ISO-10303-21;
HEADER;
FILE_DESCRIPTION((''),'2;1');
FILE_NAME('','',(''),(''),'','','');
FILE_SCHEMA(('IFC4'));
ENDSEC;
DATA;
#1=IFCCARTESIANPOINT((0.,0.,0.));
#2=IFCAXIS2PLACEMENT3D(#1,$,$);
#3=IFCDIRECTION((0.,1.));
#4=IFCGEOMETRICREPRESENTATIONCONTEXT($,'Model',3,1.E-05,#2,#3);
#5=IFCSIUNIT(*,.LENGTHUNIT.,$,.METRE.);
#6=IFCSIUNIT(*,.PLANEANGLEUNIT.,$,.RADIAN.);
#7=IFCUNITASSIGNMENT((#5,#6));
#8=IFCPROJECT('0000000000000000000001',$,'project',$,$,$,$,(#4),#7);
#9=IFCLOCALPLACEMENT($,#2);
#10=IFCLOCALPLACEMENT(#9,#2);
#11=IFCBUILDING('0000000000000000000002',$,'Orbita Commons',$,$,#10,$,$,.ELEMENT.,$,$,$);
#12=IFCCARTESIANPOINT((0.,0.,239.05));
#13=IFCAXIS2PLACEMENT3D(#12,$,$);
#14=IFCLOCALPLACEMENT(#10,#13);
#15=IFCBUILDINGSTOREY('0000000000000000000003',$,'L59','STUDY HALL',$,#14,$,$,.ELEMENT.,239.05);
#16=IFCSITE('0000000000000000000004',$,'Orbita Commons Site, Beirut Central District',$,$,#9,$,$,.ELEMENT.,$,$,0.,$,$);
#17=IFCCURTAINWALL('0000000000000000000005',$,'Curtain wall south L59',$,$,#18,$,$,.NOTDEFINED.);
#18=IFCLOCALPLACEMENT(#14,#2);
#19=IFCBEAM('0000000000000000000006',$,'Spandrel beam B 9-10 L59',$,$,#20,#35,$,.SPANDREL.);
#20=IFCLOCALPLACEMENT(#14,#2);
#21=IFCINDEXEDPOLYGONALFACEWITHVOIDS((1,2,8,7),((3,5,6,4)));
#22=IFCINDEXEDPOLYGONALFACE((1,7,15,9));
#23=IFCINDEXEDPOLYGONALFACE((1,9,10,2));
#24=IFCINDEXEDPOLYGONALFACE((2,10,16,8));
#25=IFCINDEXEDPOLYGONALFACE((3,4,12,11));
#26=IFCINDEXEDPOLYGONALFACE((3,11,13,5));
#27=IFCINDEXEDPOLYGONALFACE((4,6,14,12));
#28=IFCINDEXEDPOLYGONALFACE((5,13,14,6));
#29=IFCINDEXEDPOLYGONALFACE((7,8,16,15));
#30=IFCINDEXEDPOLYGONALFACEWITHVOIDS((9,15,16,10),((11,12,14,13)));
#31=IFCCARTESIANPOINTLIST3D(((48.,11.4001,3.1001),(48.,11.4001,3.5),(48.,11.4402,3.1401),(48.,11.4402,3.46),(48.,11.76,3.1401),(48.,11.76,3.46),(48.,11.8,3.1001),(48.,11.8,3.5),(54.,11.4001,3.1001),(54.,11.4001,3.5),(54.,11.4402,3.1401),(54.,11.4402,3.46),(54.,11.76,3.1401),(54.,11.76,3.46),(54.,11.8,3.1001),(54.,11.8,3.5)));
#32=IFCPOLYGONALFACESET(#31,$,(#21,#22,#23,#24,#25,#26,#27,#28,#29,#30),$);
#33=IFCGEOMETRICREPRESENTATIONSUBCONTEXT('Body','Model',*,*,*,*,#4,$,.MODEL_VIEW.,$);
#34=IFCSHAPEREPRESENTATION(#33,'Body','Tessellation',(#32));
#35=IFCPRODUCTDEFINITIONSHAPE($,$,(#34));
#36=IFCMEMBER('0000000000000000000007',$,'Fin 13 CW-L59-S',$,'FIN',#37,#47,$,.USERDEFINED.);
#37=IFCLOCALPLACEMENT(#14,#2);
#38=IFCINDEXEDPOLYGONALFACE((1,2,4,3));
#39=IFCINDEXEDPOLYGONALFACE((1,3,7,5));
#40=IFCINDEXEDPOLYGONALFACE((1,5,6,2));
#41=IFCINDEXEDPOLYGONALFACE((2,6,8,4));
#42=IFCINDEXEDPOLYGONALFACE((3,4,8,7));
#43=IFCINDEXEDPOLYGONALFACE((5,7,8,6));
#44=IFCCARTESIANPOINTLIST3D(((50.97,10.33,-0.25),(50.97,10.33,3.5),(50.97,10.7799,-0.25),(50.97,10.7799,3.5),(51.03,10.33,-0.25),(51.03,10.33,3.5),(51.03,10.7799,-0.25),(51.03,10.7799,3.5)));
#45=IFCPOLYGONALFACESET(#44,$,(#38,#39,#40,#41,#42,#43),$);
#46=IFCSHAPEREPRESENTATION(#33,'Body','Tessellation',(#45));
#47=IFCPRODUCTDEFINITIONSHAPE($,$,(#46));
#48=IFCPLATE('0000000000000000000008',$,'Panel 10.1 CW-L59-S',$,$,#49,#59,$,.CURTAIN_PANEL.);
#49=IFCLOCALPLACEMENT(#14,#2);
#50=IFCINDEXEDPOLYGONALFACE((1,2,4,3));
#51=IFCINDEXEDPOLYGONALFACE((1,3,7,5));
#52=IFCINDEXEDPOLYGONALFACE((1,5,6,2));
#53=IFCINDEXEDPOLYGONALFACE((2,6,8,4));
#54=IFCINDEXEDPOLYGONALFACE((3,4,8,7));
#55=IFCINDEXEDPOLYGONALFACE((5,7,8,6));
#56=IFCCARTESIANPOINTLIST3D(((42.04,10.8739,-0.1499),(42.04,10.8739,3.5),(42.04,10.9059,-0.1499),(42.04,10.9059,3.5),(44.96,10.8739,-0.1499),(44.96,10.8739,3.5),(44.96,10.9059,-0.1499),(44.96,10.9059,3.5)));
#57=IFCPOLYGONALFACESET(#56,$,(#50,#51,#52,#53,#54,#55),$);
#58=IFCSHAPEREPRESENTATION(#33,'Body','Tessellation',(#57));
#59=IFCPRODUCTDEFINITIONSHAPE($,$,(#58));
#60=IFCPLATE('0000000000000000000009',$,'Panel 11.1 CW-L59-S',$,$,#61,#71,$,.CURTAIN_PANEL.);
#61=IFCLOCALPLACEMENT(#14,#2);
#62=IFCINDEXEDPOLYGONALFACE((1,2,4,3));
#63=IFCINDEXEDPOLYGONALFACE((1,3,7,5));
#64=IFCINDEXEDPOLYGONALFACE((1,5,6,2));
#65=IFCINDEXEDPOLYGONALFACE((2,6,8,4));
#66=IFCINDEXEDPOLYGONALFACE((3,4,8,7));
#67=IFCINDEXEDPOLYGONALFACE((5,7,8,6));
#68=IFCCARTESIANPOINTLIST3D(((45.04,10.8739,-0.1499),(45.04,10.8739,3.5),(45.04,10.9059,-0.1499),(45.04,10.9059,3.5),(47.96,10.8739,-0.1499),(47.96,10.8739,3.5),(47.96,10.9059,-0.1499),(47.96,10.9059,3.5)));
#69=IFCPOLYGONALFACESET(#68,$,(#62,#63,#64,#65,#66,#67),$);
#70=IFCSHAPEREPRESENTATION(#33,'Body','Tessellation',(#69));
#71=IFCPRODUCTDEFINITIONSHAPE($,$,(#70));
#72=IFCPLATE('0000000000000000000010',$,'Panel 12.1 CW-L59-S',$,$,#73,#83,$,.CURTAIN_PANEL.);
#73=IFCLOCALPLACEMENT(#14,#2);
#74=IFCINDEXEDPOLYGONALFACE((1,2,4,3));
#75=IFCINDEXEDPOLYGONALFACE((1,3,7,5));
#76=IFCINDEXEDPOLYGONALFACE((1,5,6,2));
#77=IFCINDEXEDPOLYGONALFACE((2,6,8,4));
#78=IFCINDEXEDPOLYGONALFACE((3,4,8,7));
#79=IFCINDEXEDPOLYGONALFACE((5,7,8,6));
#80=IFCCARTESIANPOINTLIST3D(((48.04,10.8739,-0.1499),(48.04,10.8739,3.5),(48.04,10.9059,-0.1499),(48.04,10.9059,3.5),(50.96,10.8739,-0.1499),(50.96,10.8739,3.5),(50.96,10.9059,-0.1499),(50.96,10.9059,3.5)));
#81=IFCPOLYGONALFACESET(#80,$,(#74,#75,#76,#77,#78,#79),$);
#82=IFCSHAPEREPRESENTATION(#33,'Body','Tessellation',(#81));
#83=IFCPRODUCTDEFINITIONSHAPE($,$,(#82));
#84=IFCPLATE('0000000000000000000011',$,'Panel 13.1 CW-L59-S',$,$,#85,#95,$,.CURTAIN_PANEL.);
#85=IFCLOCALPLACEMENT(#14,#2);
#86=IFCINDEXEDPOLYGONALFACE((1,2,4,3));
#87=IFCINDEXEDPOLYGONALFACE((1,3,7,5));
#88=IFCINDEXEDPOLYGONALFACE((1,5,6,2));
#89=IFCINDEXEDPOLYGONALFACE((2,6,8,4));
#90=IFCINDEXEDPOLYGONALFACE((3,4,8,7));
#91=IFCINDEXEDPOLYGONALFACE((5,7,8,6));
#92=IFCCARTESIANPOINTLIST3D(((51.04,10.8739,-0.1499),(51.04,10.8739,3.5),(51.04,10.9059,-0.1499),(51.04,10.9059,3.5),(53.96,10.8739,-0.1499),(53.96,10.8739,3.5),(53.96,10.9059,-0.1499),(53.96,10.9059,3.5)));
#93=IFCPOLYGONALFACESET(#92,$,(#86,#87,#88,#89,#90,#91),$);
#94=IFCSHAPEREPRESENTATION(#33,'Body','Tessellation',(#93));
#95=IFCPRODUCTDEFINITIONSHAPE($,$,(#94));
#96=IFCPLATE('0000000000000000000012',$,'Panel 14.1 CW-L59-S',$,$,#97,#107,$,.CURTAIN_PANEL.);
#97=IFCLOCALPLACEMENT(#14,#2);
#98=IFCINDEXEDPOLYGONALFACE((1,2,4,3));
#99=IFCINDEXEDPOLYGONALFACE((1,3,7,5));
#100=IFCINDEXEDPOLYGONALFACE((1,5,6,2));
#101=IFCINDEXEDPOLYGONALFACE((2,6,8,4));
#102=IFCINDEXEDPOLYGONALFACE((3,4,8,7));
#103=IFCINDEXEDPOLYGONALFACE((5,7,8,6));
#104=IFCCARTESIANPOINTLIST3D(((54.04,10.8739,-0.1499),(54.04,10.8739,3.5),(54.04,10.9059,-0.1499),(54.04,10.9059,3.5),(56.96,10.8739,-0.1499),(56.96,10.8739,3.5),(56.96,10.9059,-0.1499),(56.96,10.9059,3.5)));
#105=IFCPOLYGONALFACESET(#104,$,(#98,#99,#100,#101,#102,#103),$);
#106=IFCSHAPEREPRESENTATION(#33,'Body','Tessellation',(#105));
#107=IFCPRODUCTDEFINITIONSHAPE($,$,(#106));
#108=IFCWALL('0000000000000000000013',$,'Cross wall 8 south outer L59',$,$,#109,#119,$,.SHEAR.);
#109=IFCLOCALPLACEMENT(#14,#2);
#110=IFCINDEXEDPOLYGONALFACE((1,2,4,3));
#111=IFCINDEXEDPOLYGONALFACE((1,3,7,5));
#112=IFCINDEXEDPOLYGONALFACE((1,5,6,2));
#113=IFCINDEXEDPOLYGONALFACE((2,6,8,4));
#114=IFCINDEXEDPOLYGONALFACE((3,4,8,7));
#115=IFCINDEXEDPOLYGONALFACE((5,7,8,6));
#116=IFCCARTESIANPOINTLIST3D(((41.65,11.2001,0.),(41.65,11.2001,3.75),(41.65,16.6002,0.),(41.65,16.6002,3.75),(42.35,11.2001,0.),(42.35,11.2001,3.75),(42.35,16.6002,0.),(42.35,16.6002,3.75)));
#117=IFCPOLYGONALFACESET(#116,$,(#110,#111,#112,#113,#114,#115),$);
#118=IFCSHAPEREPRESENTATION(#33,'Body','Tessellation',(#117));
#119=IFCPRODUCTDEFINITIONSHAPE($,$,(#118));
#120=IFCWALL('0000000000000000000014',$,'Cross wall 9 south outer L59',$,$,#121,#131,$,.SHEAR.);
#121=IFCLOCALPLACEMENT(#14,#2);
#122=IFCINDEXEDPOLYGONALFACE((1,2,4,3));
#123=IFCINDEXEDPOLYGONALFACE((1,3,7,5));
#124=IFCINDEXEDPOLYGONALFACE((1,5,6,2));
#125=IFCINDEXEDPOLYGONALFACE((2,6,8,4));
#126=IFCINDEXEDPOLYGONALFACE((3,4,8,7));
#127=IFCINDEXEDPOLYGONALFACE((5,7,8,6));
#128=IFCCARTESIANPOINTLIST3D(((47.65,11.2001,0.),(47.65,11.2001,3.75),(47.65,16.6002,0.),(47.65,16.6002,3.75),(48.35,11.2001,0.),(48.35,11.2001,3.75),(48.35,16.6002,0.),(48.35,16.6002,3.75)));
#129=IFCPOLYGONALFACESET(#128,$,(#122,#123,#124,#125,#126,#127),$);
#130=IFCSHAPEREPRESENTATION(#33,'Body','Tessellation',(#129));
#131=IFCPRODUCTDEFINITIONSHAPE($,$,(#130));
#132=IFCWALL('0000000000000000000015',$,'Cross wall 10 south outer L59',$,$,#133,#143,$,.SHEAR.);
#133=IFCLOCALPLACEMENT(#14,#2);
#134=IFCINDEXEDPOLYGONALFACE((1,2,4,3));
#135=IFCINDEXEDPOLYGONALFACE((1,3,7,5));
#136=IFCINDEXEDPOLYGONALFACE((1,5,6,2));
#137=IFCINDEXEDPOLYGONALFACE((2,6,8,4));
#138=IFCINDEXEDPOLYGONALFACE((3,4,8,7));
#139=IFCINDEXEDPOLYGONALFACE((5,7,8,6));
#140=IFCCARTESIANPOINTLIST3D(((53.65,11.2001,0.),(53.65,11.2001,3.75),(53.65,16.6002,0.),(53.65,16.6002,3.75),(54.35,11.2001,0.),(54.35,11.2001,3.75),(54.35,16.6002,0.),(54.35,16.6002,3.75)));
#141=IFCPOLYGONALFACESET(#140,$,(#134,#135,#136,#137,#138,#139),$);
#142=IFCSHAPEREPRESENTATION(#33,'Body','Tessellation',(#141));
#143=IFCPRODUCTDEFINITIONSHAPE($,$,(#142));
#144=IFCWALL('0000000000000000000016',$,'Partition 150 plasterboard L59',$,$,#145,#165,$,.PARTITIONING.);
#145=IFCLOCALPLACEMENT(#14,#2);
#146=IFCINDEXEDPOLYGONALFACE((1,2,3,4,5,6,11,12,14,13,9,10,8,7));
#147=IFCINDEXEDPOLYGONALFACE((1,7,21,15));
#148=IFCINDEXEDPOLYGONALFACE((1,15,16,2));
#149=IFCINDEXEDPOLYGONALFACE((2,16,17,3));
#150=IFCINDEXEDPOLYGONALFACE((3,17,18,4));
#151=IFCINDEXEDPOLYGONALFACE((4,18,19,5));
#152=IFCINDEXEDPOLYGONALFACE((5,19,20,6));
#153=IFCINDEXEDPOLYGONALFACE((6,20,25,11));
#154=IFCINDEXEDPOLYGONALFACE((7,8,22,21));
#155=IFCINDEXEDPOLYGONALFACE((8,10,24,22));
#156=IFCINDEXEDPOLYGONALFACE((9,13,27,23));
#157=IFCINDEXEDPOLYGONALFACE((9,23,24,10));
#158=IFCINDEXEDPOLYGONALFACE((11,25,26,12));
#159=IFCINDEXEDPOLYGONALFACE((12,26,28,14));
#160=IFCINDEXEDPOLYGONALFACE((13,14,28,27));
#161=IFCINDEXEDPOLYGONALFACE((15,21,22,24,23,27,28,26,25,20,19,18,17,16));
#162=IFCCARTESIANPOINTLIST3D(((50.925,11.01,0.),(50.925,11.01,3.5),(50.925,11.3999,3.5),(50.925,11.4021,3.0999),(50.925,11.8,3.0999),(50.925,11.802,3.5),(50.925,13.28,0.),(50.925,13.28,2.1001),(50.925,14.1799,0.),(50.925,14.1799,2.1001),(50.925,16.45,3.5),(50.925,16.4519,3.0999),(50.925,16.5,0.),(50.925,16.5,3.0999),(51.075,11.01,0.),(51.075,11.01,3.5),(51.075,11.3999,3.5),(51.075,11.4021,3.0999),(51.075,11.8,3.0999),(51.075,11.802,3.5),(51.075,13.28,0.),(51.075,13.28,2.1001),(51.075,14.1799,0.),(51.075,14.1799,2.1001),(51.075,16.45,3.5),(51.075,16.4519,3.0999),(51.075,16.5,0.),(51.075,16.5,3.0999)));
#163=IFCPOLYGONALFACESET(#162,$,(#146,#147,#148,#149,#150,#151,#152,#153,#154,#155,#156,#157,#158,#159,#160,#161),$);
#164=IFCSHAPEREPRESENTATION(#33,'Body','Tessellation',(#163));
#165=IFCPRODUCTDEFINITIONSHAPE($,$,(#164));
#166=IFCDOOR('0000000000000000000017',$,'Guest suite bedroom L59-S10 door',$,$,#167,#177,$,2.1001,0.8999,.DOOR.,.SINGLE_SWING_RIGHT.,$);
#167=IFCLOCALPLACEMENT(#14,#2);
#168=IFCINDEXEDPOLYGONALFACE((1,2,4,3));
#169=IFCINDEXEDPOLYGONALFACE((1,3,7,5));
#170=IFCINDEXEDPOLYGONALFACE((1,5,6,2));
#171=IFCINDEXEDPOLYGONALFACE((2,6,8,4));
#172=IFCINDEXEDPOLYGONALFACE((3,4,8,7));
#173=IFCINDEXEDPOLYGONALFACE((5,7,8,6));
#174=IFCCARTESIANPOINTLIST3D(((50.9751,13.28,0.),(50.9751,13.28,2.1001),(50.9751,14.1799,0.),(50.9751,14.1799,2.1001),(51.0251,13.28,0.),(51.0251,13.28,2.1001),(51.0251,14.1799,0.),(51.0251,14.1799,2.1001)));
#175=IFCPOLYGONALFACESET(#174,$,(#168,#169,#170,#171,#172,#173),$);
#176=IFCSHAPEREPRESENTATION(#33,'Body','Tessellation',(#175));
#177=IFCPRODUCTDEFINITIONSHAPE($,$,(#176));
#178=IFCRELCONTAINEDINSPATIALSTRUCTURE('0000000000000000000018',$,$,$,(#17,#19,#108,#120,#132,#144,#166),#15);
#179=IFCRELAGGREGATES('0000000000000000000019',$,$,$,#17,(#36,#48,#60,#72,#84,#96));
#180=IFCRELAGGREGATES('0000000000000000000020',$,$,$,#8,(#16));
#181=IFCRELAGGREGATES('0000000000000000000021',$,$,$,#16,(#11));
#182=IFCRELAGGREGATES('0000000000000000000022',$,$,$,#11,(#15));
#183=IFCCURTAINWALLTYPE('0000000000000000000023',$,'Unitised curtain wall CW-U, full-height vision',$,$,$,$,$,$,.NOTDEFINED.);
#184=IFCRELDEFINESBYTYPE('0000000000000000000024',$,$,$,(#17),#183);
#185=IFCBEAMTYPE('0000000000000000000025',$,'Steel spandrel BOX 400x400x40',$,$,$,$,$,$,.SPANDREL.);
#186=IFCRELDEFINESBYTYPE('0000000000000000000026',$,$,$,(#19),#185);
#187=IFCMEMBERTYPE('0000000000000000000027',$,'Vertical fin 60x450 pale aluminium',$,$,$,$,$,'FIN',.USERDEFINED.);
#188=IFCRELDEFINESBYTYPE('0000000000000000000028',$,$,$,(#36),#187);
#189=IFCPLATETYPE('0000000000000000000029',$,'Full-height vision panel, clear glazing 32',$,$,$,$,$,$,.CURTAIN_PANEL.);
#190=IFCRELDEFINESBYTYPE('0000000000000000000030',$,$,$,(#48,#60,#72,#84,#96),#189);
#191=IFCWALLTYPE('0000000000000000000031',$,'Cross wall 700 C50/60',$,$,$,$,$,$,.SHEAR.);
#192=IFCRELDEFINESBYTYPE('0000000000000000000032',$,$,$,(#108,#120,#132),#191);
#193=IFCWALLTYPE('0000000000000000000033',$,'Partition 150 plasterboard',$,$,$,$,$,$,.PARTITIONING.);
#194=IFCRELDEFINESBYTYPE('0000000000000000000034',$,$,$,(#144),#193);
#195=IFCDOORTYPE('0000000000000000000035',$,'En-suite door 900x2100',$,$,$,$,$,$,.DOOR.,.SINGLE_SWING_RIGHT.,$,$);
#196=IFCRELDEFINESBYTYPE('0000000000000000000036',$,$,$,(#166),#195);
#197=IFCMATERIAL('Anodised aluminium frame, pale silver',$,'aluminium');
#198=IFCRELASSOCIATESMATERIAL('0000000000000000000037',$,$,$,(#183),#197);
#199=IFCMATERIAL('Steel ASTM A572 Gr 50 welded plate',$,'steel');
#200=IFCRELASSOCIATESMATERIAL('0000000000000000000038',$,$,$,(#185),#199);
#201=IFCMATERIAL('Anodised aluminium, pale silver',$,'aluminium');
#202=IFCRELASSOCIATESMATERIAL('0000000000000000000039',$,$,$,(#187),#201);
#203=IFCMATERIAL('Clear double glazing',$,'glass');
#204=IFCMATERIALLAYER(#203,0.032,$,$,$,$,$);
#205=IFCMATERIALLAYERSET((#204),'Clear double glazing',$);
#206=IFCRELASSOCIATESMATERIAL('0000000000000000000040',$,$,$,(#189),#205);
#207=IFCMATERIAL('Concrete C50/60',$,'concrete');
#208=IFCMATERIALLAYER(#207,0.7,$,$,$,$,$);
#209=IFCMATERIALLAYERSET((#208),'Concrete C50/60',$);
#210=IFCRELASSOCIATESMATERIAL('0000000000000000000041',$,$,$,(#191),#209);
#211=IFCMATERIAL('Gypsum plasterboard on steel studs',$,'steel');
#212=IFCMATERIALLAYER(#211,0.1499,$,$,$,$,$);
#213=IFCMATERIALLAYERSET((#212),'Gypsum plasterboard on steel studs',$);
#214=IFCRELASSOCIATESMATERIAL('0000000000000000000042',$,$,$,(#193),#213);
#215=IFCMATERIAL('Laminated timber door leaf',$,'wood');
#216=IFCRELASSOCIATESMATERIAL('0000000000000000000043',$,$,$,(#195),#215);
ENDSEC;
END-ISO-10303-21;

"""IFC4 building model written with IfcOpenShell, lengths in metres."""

from ifc_helpers import new_model, si_unit, direction, frame, frame_2d, origin, origin_2d, place, context, subcontext, project, spatial, polyline, rectangle, hollow_rectangle, outline, extrude, material, layer, layer_set, material_profile, profile_set, type_object, element, fill, aggregate, save


model = new_model("IFC4")

# Units and contexts
model_context = context("Model", 3, precision=1e-05, world=origin(), true_north=direction((0.0, 1.0)))
body_context = subcontext(model_context, "Body", "Model", "MODEL_VIEW")
ifc_project = project(units=[si_unit("LENGTHUNIT", "METRE"), si_unit("PLANEANGLEUNIT", "RADIAN")], contexts=[model_context])

# Site, building, storey
site_placement = place(None, origin())
site = spatial("IfcSite", under=ifc_project, at=site_placement, Name="Orbita Commons Site, Beirut Central District", CompositionType="ELEMENT", RefElevation=0.0)
building_placement = place(site_placement, origin())
building = spatial("IfcBuilding", under=site, at=building_placement, Name="Orbita Commons", CompositionType="ELEMENT")
storey_placement = place(building_placement, frame((0.0, 0.0, 239.05)))
storey = spatial("IfcBuildingStorey", under=building, at=storey_placement, Name="L59", Description="STUDY HALL", CompositionType="ELEMENT", Elevation=239.05)

# Curtain wall
ifc_material_1 = material(Name="Anodised aluminium frame, pale silver", Category="aluminium")
curtain_wall_type = type_object("IfcCurtainWallType", Name="Unitised curtain wall CW-U, full-height vision", PredefinedType="NOTDEFINED", material=ifc_material_1)
curtain_wall_placement = place(storey_placement, origin())
curtain_wall = element("IfcCurtainWall", 1, at=curtain_wall_placement, inside=storey, type_object=curtain_wall_type, Name="Curtain wall south L59", PredefinedType="NOTDEFINED")

# Beam
ifc_material_2 = material(Name="Steel ASTM A572 Gr 50 welded plate", Category="steel")
ifc_material_profile_1 = material_profile(ifc_material_2, hollow_rectangle(XDim=0.3999, YDim=0.3999, WallThickness=0.04, at=origin_2d()), Name="BOX 400x400x40")
ifc_profile_set_1 = profile_set([ifc_material_profile_1], Name="Steel ASTM A572 Gr 50 welded plate")
beam_type = type_object("IfcBeamType", Name="Steel spandrel BOX 400x400x40", PredefinedType="SPANDREL", material=ifc_profile_set_1)
for number, where, z_axis, x_axis, name in (
    (2, (48.0, 11.6001, 3.3), (1.0, 0.0, 0.0), (0.0, 1.0, 0.0), "Spandrel beam B 9-10 L59"),
):
    element("IfcBeam", number, at=place(storey_placement, frame(where, z_axis=z_axis, x_axis=x_axis)), inside=storey, type_object=beam_type, Name=name, PredefinedType="SPANDREL", context=body_context, shape_type="SweptSolid", body=[
        extrude(hollow_rectangle(XDim=0.3999, YDim=0.3999, WallThickness=0.04, at=origin_2d()), origin(), (0.0, 0.0, 1.0), 6.0),
    ])

# Member
ifc_material_3 = material(Name="Anodised aluminium, pale silver", Category="aluminium")
ifc_material_profile_2 = material_profile(ifc_material_3, rectangle(XDim=0.0601, YDim=0.45, at=origin_2d()), Name="FIN 60x450")
ifc_profile_set_2 = profile_set([ifc_material_profile_2], Name="Anodised aluminium, pale silver")
member_type_1 = type_object("IfcMemberType", Name="Vertical fin 60x450 pale aluminium", ElementType="FIN", PredefinedType="USERDEFINED", material=ifc_profile_set_2)
member_1_placement = place(storey_placement, frame((51.0, 10.5549, -0.25), z_axis=(0.0, 0.0, 1.0), x_axis=(1.0, 0.0, 0.0)))
member_1 = element("IfcMember", 3, at=member_1_placement, type_object=member_type_1, Name="Fin 13 CW-L59-S", ObjectType="FIN", PredefinedType="USERDEFINED", context=body_context, shape_type="SweptSolid", body=[
    extrude(rectangle(XDim=0.0601, YDim=0.45, at=origin_2d()), origin(), (0.0, 0.0, 1.0), 3.75),
])

# Plates
ifc_material_4 = material(Name="Clear double glazing", Category="glass")
ifc_layer_1 = layer(ifc_material_4, 0.032)
ifc_layer_set_1 = layer_set([ifc_layer_1], Name="Clear double glazing")
plate_type = type_object("IfcPlateType", Name="Full-height vision panel, clear glazing 32", PredefinedType="CURTAIN_PANEL", material=ifc_layer_set_1)
plate_1_placement = place(storey_placement, frame((43.5, 10.8899, -0.1499), z_axis=(0.0, 0.0, 1.0), x_axis=(1.0, 0.0, 0.0)))
plate_1 = element("IfcPlate", 4, at=plate_1_placement, type_object=plate_type, Name="Panel 10.1 CW-L59-S", PredefinedType="CURTAIN_PANEL", context=body_context, shape_type="SweptSolid", body=[
    extrude(rectangle(XDim=2.9199, YDim=0.032, at=origin_2d()), origin(), (0.0, 0.0, 1.0), 3.6499),
])
plate_2_placement = place(storey_placement, frame((46.5, 10.8899, -0.1499), z_axis=(0.0, 0.0, 1.0), x_axis=(1.0, 0.0, 0.0)))
plate_2 = element("IfcPlate", 5, at=plate_2_placement, type_object=plate_type, Name="Panel 11.1 CW-L59-S", PredefinedType="CURTAIN_PANEL", context=body_context, shape_type="SweptSolid", body=[
    extrude(rectangle(XDim=2.9199, YDim=0.032, at=origin_2d()), origin(), (0.0, 0.0, 1.0), 3.6499),
])
plate_3_placement = place(storey_placement, frame((49.5, 10.8899, -0.1499), z_axis=(0.0, 0.0, 1.0), x_axis=(1.0, 0.0, 0.0)))
plate_3 = element("IfcPlate", 6, at=plate_3_placement, type_object=plate_type, Name="Panel 12.1 CW-L59-S", PredefinedType="CURTAIN_PANEL", context=body_context, shape_type="SweptSolid", body=[
    extrude(rectangle(XDim=2.9199, YDim=0.032, at=origin_2d()), origin(), (0.0, 0.0, 1.0), 3.6499),
])
plate_4_placement = place(storey_placement, frame((52.5, 10.8899, -0.1499), z_axis=(0.0, 0.0, 1.0), x_axis=(1.0, 0.0, 0.0)))
plate_4 = element("IfcPlate", 7, at=plate_4_placement, type_object=plate_type, Name="Panel 13.1 CW-L59-S", PredefinedType="CURTAIN_PANEL", context=body_context, shape_type="SweptSolid", body=[
    extrude(rectangle(XDim=2.9199, YDim=0.032, at=origin_2d()), origin(), (0.0, 0.0, 1.0), 3.6499),
])
plate_5_placement = place(storey_placement, frame((55.5, 10.8899, -0.1499), z_axis=(0.0, 0.0, 1.0), x_axis=(1.0, 0.0, 0.0)))
plate_5 = element("IfcPlate", 8, at=plate_5_placement, type_object=plate_type, Name="Panel 14.1 CW-L59-S", PredefinedType="CURTAIN_PANEL", context=body_context, shape_type="SweptSolid", body=[
    extrude(rectangle(XDim=2.9199, YDim=0.032, at=origin_2d()), origin(), (0.0, 0.0, 1.0), 3.6499),
])
aggregate(curtain_wall, [member_1, plate_1, plate_2, plate_3, plate_4, plate_5])

# Walls
ifc_material_5 = material(Name="Concrete C50/60", Category="concrete")
ifc_layer_2 = layer(ifc_material_5, 0.7)
ifc_layer_set_2 = layer_set([ifc_layer_2], Name="Concrete C50/60")
wall_type_1 = type_object("IfcWallType", Name="Cross wall 700 C50/60", PredefinedType="SHEAR", material=ifc_layer_set_2)
for number, where, z_axis, x_axis, name in (
    (9, (42.0, 11.2, 0.0), (0.0, 0.0, 1.0), (0.0, 1.0, 0.0), "Cross wall 8 south outer L59"),
    (10, (48.0, 11.2, 0.0), (0.0, 0.0, 1.0), (0.0, 1.0, 0.0), "Cross wall 9 south outer L59"),
    (11, (54.0, 11.2, 0.0), (0.0, 0.0, 1.0), (0.0, 1.0, 0.0), "Cross wall 10 south outer L59"),
):
    element("IfcWall", number, at=place(storey_placement, frame(where, z_axis=z_axis, x_axis=x_axis)), inside=storey, type_object=wall_type_1, Name=name, PredefinedType="SHEAR", context=body_context, shape_type="SweptSolid", body=[
        extrude(rectangle(XDim=5.4001, YDim=0.7, at=frame_2d((2.7002, 0.0))), origin(), (0.0, 0.0, 1.0), 3.75),
    ])

# Wall, opening, door
ifc_material_6 = material(Name="Gypsum plasterboard on steel studs", Category="steel")
ifc_layer_3 = layer(ifc_material_6, 0.1499)
ifc_layer_set_3 = layer_set([ifc_layer_3], Name="Gypsum plasterboard on steel studs")
wall_type_2 = type_object("IfcWallType", Name="Partition 150 plasterboard", PredefinedType="PARTITIONING", material=ifc_layer_set_3)
wall_placement = place(storey_placement, frame((51.0, 11.01, 0.0), z_axis=(0.0, 0.0, 1.0), x_axis=(0.0, 1.0, 0.0)))
wall = element("IfcWall", 12, at=wall_placement, inside=storey, type_object=wall_type_2, Name="Partition 150 plasterboard L59", PredefinedType="PARTITIONING", context=body_context, shape_type="SweptSolid", body=[
    extrude(outline(polyline([(0.0, 0.0), (5.49, 0.0), (5.49, 3.0999), (5.4419, 3.0999), (5.4399, 3.5), (0.792, 3.5), (0.79, 3.0999), (0.3921, 3.0999), (0.3899, 3.5), (0.0, 3.5), (0.0, 0.0)])), frame((0.0, 0.075, 0.0), z_axis=(0.0, -1.0, 0.0), x_axis=(1.0, 0.0, 0.0)), (0.0, 0.0, 1.0), 0.1499),
])
opening_placement = place(wall_placement, frame((2.27, 0.0, 0.0)))
opening = element("IfcOpeningElement", 13, at=opening_placement, cuts=wall, PredefinedType="OPENING", context=body_context, shape_type="SweptSolid", body=[
    extrude(rectangle(XDim=0.8999, YDim=2.1001, at=frame_2d((0.45, 1.05))), frame((0.0, 0.085, 0.0), z_axis=(0.0, -1.0, 0.0), x_axis=(1.0, 0.0, 0.0)), (0.0, 0.0, 1.0), 0.1699),
])
ifc_material_7 = material(Name="Laminated timber door leaf", Category="wood")
door_type = type_object("IfcDoorType", Name="En-suite door 900x2100", OperationType="SINGLE_SWING_RIGHT", PredefinedType="DOOR", material=ifc_material_7)
door_placement = place(opening_placement, origin())
door = element("IfcDoor", 14, at=door_placement, inside=storey, type_object=door_type, Name="Guest suite bedroom L59-S10 door", OperationType="SINGLE_SWING_RIGHT", OverallHeight=2.1001, OverallWidth=0.8999, PredefinedType="DOOR", context=body_context, shape_type="SweptSolid", body=[
    extrude(rectangle(XDim=0.8999, YDim=2.1001, at=frame_2d((0.45, 1.05))), frame((0.0, 0.0249, 0.0), z_axis=(0.0, -1.0, 0.0), x_axis=(1.0, 0.0, 0.0)), (0.0, 0.0, 1.0), 0.05),
])
fill(opening, door)

save(model, "model.ifc")
